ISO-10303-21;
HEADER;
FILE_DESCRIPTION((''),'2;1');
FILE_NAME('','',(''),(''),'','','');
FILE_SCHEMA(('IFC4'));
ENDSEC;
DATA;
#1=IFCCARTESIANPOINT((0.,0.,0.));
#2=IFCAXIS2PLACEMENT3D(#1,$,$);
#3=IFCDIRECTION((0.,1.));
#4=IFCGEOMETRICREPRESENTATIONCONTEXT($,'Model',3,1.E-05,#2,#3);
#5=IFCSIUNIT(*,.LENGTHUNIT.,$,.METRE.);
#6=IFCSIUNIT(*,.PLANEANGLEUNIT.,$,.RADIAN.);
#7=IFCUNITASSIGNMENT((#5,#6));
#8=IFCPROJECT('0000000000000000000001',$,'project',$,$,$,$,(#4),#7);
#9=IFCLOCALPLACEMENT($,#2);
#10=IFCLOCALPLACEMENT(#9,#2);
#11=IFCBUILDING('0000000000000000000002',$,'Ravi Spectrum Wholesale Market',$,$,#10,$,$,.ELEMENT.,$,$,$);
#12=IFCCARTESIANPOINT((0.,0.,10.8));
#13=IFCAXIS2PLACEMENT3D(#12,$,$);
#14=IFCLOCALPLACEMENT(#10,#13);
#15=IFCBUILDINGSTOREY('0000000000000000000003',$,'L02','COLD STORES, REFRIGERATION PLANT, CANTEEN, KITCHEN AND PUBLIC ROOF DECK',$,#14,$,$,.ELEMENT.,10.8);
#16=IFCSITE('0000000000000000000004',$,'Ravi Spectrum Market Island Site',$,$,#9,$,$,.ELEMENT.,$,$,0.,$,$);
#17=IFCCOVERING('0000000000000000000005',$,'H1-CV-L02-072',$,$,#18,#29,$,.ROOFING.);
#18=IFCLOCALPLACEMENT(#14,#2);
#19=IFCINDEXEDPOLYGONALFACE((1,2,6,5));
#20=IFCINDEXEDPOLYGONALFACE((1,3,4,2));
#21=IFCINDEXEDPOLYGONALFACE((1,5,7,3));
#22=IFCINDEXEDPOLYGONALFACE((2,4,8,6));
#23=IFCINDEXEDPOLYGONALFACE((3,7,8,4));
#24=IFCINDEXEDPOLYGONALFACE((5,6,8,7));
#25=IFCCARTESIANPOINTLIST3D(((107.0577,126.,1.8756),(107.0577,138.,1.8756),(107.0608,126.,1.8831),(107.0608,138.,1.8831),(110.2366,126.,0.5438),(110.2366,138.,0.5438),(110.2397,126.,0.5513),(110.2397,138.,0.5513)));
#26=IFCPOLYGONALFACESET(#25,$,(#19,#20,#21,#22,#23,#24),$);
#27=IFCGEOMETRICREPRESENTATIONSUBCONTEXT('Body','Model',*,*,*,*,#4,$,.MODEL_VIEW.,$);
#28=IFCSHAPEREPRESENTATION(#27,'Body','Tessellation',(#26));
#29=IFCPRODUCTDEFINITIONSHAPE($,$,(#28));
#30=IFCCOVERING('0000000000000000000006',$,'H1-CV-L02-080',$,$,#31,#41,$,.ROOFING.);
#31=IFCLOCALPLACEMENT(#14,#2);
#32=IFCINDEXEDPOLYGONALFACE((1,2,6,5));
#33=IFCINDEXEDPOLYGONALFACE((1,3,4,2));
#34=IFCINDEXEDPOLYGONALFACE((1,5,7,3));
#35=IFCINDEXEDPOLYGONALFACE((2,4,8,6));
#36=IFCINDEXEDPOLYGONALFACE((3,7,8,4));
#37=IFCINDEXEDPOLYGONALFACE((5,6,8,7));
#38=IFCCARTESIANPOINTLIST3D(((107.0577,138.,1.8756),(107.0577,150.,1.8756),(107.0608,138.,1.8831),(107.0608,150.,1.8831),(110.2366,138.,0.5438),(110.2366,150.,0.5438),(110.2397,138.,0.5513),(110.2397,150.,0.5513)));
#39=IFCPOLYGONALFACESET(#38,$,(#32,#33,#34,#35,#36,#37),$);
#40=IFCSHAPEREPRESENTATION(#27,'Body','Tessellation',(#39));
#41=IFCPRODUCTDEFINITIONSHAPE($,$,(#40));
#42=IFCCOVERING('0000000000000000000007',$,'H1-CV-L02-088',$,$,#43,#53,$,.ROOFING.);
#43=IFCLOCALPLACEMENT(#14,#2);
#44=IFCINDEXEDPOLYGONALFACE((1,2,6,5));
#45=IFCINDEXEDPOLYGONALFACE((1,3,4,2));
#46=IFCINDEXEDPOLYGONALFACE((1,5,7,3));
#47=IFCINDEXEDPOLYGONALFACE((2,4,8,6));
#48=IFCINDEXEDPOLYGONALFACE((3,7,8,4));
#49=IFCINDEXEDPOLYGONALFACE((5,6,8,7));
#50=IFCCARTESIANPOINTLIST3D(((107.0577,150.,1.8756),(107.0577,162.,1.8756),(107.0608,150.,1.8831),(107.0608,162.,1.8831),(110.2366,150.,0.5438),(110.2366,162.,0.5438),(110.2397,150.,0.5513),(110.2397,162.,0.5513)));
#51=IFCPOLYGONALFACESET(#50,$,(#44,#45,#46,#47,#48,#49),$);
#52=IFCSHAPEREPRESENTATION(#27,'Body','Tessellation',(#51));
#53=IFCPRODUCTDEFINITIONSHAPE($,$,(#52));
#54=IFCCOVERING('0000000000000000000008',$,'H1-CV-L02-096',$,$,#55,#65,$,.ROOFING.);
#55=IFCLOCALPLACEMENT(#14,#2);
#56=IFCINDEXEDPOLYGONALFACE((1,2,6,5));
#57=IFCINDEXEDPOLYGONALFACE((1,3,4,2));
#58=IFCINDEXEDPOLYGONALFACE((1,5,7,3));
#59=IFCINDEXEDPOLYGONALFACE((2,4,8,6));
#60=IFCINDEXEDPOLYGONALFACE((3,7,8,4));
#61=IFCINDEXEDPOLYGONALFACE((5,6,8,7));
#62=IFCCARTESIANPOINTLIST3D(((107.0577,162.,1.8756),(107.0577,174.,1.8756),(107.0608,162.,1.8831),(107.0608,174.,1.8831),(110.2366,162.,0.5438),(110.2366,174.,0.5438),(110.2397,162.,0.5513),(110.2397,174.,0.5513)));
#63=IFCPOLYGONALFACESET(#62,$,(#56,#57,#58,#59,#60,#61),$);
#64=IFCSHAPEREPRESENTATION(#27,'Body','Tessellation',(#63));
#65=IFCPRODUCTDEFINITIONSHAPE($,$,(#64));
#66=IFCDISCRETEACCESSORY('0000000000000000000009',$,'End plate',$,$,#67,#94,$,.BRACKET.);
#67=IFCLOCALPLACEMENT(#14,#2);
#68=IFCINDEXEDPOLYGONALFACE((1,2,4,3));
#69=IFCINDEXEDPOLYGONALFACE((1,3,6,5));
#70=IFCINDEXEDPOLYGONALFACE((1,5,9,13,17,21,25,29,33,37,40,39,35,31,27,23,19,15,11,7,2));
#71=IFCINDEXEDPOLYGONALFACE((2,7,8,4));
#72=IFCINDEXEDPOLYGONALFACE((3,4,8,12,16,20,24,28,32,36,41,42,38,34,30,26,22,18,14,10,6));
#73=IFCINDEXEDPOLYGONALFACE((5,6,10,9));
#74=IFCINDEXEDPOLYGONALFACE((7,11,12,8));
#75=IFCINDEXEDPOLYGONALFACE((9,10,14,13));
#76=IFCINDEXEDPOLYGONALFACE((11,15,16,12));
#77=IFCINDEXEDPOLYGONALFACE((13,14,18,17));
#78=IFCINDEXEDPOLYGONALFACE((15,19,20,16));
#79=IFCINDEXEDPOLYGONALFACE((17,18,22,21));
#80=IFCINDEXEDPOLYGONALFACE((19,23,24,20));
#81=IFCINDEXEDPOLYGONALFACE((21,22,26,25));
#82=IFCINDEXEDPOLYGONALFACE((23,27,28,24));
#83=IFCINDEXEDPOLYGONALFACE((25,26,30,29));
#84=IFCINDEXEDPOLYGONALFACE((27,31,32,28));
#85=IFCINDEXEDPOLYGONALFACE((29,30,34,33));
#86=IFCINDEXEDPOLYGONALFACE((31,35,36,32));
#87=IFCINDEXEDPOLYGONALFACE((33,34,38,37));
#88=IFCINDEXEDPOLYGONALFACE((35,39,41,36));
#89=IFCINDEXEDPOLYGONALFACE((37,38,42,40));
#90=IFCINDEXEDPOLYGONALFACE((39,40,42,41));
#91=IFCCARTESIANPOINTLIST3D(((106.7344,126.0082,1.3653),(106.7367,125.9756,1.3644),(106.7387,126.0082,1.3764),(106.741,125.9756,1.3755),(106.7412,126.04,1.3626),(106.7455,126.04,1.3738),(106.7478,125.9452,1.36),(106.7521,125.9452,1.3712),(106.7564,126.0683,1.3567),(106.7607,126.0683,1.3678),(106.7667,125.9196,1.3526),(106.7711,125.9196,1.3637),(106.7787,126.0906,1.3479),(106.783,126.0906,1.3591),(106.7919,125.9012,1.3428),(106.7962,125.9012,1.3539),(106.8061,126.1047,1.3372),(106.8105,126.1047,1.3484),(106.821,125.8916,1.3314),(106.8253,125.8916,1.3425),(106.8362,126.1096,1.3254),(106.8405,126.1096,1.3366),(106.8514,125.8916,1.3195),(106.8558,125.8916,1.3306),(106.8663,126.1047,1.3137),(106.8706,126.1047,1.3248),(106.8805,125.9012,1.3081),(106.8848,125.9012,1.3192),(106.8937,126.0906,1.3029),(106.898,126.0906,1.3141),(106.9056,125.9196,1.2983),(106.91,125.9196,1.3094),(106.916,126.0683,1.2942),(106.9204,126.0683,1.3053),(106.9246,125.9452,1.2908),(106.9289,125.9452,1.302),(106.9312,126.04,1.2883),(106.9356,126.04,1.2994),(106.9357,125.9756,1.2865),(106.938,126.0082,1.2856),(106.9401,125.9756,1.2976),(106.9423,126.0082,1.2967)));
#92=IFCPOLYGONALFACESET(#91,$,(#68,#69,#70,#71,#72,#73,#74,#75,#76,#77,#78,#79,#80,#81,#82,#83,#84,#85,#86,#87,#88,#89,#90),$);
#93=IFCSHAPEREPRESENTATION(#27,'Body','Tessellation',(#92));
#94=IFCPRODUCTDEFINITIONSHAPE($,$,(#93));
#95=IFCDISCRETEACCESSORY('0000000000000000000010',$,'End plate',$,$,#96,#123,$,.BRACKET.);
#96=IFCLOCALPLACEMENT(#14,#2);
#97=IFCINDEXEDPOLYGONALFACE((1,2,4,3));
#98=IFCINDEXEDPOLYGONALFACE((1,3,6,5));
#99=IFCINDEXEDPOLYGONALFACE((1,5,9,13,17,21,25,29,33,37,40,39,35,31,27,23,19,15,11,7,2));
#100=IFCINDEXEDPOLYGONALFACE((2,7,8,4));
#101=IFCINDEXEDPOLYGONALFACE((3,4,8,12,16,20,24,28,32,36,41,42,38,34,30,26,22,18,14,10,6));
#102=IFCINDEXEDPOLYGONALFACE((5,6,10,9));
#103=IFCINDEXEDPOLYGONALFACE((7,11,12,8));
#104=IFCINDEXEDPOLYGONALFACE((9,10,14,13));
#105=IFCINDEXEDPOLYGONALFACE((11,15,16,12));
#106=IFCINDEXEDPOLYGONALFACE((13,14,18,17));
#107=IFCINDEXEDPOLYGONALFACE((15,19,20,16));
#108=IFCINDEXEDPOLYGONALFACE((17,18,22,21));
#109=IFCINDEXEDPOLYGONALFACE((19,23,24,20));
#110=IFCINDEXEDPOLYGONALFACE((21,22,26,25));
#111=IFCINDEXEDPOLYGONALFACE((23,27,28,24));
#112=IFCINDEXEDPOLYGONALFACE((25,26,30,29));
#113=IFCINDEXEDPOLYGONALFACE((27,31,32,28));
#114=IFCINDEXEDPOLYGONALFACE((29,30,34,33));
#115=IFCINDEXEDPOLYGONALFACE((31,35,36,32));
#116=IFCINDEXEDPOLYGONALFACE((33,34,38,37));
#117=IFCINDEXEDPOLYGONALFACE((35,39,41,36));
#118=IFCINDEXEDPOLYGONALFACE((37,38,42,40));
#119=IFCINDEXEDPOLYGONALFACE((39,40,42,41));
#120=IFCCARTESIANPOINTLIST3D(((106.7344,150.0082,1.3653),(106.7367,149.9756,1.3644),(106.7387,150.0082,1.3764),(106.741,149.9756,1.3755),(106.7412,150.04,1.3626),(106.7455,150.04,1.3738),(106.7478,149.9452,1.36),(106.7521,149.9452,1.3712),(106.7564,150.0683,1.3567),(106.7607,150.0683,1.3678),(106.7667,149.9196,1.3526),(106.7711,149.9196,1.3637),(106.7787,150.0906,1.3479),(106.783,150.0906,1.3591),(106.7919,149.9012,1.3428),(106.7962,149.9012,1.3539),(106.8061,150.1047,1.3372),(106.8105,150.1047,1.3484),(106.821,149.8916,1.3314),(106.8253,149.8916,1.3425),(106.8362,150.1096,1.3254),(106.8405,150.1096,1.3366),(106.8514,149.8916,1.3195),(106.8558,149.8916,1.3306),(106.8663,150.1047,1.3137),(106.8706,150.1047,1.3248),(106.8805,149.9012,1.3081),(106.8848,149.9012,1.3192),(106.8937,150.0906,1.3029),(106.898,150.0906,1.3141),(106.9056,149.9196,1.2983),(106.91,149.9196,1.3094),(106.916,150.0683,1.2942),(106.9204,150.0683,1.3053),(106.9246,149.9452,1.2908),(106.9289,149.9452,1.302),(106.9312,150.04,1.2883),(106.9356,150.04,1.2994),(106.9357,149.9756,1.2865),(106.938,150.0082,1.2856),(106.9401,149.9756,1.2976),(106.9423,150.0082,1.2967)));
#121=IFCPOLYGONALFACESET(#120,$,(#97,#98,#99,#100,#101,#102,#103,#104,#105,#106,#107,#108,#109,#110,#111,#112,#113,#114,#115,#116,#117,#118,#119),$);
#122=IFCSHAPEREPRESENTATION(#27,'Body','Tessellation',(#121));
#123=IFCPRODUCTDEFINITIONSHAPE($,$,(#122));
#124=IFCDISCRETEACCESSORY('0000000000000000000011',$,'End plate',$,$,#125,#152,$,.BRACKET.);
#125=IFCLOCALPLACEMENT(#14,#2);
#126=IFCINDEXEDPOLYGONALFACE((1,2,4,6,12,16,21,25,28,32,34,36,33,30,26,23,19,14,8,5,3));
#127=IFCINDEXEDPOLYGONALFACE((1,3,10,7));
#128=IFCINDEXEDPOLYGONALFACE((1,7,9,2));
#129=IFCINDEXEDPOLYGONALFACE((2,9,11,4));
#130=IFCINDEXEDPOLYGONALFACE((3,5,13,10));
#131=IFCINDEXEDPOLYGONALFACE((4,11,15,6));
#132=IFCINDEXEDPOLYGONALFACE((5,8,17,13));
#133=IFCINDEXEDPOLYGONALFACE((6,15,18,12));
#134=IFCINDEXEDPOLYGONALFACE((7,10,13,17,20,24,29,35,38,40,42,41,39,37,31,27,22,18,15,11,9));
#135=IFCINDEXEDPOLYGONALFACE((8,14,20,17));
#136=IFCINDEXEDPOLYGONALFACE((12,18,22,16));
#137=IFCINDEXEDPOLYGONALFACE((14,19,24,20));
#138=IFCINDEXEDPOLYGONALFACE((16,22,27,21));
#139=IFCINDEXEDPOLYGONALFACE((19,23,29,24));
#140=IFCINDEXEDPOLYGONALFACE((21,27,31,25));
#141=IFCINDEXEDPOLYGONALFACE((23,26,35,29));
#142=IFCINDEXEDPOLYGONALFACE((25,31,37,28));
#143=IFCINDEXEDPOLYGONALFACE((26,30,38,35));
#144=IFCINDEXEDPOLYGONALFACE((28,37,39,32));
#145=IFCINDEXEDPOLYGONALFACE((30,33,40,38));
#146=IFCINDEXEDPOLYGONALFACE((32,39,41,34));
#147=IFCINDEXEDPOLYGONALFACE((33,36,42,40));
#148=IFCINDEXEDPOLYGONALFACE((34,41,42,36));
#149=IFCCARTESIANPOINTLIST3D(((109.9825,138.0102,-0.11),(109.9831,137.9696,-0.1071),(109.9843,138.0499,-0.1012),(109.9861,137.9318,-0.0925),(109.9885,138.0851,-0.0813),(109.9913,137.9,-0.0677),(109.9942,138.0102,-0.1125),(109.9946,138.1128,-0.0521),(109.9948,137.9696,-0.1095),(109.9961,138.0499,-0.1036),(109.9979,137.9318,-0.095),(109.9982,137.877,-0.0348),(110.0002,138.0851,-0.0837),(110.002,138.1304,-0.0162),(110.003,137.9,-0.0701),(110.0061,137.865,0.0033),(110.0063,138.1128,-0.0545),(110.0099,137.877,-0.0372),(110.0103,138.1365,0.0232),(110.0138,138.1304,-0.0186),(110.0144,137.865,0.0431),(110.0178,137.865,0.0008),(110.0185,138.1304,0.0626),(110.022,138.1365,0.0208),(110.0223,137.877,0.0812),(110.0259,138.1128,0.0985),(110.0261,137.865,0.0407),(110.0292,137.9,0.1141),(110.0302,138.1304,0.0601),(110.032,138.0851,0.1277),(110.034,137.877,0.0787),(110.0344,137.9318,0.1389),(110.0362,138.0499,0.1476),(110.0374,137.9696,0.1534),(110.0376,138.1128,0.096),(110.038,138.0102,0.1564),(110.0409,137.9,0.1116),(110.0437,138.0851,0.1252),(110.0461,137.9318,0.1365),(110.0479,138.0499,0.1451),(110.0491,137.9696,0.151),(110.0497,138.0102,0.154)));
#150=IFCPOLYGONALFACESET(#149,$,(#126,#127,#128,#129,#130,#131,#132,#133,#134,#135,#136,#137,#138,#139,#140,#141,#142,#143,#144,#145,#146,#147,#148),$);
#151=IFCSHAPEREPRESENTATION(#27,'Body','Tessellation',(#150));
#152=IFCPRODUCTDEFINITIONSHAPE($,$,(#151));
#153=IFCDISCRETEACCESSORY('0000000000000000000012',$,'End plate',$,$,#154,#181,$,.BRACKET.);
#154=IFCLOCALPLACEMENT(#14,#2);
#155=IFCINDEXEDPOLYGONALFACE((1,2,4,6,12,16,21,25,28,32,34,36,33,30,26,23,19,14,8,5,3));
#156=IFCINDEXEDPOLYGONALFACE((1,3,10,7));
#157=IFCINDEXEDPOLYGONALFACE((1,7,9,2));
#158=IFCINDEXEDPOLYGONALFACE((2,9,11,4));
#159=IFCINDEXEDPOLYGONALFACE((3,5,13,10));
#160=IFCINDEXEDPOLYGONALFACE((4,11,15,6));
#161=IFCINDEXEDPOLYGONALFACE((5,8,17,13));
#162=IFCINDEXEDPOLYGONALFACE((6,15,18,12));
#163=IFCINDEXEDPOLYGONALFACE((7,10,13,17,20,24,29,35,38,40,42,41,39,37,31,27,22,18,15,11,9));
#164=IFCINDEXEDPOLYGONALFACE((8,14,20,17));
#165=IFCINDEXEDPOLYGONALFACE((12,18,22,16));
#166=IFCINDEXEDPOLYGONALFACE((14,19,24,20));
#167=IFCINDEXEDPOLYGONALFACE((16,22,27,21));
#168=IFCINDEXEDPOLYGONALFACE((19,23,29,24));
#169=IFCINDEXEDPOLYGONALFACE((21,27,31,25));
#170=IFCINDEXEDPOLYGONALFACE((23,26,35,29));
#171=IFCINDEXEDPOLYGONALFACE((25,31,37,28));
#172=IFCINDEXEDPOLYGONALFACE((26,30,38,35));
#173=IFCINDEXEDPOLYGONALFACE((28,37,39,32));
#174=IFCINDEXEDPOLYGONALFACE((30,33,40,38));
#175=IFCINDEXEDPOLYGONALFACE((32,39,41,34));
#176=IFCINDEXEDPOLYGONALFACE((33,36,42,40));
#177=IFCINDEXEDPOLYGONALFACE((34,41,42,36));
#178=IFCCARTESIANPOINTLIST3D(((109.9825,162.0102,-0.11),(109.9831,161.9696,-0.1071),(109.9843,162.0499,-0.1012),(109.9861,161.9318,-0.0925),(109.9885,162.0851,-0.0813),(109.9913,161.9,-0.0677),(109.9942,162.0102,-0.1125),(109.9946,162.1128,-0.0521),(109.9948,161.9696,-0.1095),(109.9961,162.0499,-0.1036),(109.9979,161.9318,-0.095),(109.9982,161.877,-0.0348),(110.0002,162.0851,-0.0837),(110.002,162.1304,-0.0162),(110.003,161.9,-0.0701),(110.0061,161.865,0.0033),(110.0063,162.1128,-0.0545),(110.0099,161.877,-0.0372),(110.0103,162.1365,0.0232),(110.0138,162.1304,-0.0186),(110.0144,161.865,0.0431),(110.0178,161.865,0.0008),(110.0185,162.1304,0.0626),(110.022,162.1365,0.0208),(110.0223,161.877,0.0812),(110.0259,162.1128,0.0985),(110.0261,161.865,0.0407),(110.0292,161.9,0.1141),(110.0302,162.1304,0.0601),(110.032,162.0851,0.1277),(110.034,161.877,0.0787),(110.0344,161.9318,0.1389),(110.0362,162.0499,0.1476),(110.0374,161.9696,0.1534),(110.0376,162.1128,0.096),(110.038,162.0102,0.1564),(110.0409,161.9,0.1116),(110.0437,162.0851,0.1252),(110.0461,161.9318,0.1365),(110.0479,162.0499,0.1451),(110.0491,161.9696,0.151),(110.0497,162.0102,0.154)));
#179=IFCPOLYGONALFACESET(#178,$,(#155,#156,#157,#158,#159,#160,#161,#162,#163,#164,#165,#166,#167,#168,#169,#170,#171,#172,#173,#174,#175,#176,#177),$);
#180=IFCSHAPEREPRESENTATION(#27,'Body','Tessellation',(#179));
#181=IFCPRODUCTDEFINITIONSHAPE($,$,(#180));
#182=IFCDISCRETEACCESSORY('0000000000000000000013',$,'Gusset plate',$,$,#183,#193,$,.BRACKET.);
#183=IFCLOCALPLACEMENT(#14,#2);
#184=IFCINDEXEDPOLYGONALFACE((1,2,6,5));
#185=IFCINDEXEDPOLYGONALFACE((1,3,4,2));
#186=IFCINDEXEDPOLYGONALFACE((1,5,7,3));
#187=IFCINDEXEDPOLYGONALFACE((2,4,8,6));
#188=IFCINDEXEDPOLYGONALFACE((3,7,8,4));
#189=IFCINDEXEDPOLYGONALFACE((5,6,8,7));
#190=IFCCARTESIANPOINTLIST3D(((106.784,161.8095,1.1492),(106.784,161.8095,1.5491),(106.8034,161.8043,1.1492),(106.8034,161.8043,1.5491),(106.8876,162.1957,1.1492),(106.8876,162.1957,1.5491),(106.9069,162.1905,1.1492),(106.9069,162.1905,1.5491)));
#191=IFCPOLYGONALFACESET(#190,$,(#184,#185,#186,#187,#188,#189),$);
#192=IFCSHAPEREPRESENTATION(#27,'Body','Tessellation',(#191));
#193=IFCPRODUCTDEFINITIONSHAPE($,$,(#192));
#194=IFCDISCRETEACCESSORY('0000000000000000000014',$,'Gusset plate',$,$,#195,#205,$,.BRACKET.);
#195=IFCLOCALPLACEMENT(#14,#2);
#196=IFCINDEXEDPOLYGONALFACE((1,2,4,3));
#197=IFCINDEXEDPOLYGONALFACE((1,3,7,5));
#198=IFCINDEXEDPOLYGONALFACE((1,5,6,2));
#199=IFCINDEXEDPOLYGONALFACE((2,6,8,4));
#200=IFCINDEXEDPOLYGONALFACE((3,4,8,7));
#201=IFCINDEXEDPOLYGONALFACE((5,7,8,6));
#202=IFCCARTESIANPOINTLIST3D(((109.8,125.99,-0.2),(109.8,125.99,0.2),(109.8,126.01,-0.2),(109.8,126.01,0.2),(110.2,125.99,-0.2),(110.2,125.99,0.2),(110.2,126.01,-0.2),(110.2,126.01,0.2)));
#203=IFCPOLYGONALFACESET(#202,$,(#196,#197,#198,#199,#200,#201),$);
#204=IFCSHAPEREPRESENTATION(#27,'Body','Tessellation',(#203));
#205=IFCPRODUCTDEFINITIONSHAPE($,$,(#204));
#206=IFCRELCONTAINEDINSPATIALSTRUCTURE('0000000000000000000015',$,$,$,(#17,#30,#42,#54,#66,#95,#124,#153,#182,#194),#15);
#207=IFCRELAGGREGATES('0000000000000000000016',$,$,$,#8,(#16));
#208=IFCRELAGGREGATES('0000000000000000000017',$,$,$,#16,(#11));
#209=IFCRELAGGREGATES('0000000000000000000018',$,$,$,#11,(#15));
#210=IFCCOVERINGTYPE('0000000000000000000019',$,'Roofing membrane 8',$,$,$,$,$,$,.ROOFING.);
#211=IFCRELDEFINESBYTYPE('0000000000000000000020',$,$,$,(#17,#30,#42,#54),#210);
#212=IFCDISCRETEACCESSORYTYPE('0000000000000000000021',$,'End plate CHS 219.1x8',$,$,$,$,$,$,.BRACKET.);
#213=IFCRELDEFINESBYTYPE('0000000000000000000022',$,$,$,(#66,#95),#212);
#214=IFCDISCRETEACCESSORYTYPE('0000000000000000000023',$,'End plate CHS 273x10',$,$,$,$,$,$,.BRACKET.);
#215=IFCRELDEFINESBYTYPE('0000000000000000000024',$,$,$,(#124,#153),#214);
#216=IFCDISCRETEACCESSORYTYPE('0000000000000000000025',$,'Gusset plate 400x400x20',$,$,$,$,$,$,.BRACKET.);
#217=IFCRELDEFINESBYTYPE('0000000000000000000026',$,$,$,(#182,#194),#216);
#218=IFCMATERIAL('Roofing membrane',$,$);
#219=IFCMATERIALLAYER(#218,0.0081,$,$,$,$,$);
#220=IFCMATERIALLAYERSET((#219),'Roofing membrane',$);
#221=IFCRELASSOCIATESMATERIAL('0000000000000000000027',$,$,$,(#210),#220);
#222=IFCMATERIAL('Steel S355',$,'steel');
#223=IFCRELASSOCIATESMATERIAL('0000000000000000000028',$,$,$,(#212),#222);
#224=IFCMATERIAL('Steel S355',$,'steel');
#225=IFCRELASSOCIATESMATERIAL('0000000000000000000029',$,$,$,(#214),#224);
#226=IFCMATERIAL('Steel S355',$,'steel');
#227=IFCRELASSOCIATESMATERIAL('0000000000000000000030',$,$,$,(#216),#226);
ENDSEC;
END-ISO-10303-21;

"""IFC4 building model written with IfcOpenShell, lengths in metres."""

from ifc_helpers import new_model, si_unit, direction, frame, origin, origin_2d, place, context, subcontext, project, spatial, polyline, rectangle, circle, outline, extrude, material, layer, layer_set, material_profile, profile_set, type_object, element, save


model = new_model("IFC4")

# Units and contexts
model_context = context("Model", 3, precision=1e-05, world=origin(), true_north=direction((0.0, 1.0)))
body_context = subcontext(model_context, "Body", "Model", "MODEL_VIEW")
ifc_project = project(units=[si_unit("LENGTHUNIT", "METRE"), si_unit("PLANEANGLEUNIT", "RADIAN")], contexts=[model_context])

# Site, building, storey
site_placement = place(None, origin())
site = spatial("IfcSite", under=ifc_project, at=site_placement, Name="Ravi Spectrum Market Island Site", CompositionType="ELEMENT", RefElevation=0.0)
building_placement = place(site_placement, origin())
building = spatial("IfcBuilding", under=site, at=building_placement, Name="Ravi Spectrum Wholesale Market", CompositionType="ELEMENT")
storey_placement = place(building_placement, frame((0.0, 0.0, 10.8)))
storey = spatial("IfcBuildingStorey", under=building, at=storey_placement, Name="L02", Description="COLD STORES, REFRIGERATION PLANT, CANTEEN, KITCHEN AND PUBLIC ROOF DECK", CompositionType="ELEMENT", Elevation=10.8)

# Coverings
ifc_material_1 = material(Name="Roofing membrane")
ifc_layer_1 = layer(ifc_material_1, 0.0081)
ifc_layer_set_1 = layer_set([ifc_layer_1], Name="Roofing membrane")
covering_type = type_object("IfcCoveringType", Name="Roofing membrane 8", PredefinedType="ROOFING", material=ifc_layer_set_1)
for number, where, z_axis, x_axis, name in (
    (1, (107.0608, 126.0, 1.8831), (0.3864, 0.0, 0.922331), (0.922331, 0.0, -0.3864), "H1-CV-L02-072"),
    (2, (107.0608, 138.0, 1.8831), (0.3864, 0.0, 0.922331), (0.922331, 0.0, -0.3864), "H1-CV-L02-080"),
    (3, (107.0608, 150.0, 1.8831), (0.3864, 0.0, 0.922331), (0.922331, 0.0, -0.3864), "H1-CV-L02-088"),
    (4, (107.0608, 162.0, 1.8831), (0.3864, 0.0, 0.922331), (0.922331, 0.0, -0.3864), "H1-CV-L02-096"),
):
    element("IfcCovering", number, at=place(storey_placement, frame(where, z_axis=z_axis, x_axis=x_axis)), inside=storey, type_object=covering_type, Name=name, PredefinedType="ROOFING", context=body_context, shape_type="SweptSolid", body=[
        extrude(outline(polyline([(0.0, 0.0), (3.4467, 0.0), (3.4467, 12.0), (0.0, 12.0), (0.0, 0.0)])), origin(), (0.0, 0.0, -1.0), 0.0081),
    ])

# Discrete accessories
ifc_material_2 = material(Name="Steel S355", Category="steel")
ifc_material_profile_1 = material_profile(ifc_material_2, circle(Radius=0.1096, at=origin_2d()))
ifc_profile_set_1 = profile_set([ifc_material_profile_1], Name="Steel S355")
discrete_accessory_type_1 = type_object("IfcDiscreteAccessoryType", Name="End plate CHS 219.1x8", PredefinedType="BRACKET", material=ifc_profile_set_1)
for number, where, z_axis, x_axis, name in (
    (5, (106.8362, 126.0, 1.3254), (0.364399, 0.0, 0.931243), (0.0, 1.0, 0.0), "End plate"),
    (6, (106.8362, 150.0, 1.3254), (0.364399, 0.0, 0.931243), (0.0, 1.0, 0.0), "End plate"),
):
    element("IfcDiscreteAccessory", number, at=place(storey_placement, frame(where, z_axis=z_axis, x_axis=x_axis)), inside=storey, type_object=discrete_accessory_type_1, Name=name, PredefinedType="BRACKET", context=body_context, shape_type="SweptSolid", body=[
        extrude(circle(Radius=0.1096, at=origin_2d()), origin(), (0.0, 0.0, 1.0), 0.012),
    ])
ifc_material_3 = material(Name="Steel S355", Category="steel")
ifc_material_profile_2 = material_profile(ifc_material_3, circle(Radius=0.1365, at=origin_2d()))
ifc_profile_set_2 = profile_set([ifc_material_profile_2], Name="Steel S355")
discrete_accessory_type_2 = type_object("IfcDiscreteAccessoryType", Name="End plate CHS 273x10", PredefinedType="BRACKET", material=ifc_profile_set_2)
for number, where, z_axis, x_axis, name in (
    (7, (110.0103, 138.0, 0.0232), (0.97898, 0.0, -0.203954), (0.0, 1.0, 0.0), "End plate"),
    (8, (110.0103, 162.0, 0.0232), (0.97898, 0.0, -0.203954), (0.0, 1.0, 0.0), "End plate"),
):
    element("IfcDiscreteAccessory", number, at=place(storey_placement, frame(where, z_axis=z_axis, x_axis=x_axis)), inside=storey, type_object=discrete_accessory_type_2, Name=name, PredefinedType="BRACKET", context=body_context, shape_type="SweptSolid", body=[
        extrude(circle(Radius=0.1365, at=origin_2d()), origin(), (0.0, 0.0, 1.0), 0.012),
    ])
ifc_material_4 = material(Name="Steel S355", Category="steel")
ifc_material_profile_3 = material_profile(ifc_material_4, rectangle(XDim=0.3999, YDim=0.02, at=origin_2d()))
ifc_profile_set_3 = profile_set([ifc_material_profile_3], Name="Steel S355")
discrete_accessory_type_3 = type_object("IfcDiscreteAccessoryType", Name="Gusset plate 400x400x20", PredefinedType="BRACKET", material=ifc_profile_set_3)
for number, where, z_axis, x_axis, name in (
    (9, (106.8455, 162.0, 1.1492), (0.0, 0.0, 1.0), (0.258949, 0.965891, 0.0), "Gusset plate"),
    (10, (110.0, 126.0, -0.2), (0.0, 0.0, 1.0), (1.0, 0.0, 0.0), "Gusset plate"),
):
    element("IfcDiscreteAccessory", number, at=place(storey_placement, frame(where, z_axis=z_axis, x_axis=x_axis)), inside=storey, type_object=discrete_accessory_type_3, Name=name, PredefinedType="BRACKET", context=body_context, shape_type="SweptSolid", body=[
        extrude(rectangle(XDim=0.3999, YDim=0.02, at=origin_2d()), origin(), (0.0, 0.0, 1.0), 0.3999),
    ])

save(model, "model.ifc")
